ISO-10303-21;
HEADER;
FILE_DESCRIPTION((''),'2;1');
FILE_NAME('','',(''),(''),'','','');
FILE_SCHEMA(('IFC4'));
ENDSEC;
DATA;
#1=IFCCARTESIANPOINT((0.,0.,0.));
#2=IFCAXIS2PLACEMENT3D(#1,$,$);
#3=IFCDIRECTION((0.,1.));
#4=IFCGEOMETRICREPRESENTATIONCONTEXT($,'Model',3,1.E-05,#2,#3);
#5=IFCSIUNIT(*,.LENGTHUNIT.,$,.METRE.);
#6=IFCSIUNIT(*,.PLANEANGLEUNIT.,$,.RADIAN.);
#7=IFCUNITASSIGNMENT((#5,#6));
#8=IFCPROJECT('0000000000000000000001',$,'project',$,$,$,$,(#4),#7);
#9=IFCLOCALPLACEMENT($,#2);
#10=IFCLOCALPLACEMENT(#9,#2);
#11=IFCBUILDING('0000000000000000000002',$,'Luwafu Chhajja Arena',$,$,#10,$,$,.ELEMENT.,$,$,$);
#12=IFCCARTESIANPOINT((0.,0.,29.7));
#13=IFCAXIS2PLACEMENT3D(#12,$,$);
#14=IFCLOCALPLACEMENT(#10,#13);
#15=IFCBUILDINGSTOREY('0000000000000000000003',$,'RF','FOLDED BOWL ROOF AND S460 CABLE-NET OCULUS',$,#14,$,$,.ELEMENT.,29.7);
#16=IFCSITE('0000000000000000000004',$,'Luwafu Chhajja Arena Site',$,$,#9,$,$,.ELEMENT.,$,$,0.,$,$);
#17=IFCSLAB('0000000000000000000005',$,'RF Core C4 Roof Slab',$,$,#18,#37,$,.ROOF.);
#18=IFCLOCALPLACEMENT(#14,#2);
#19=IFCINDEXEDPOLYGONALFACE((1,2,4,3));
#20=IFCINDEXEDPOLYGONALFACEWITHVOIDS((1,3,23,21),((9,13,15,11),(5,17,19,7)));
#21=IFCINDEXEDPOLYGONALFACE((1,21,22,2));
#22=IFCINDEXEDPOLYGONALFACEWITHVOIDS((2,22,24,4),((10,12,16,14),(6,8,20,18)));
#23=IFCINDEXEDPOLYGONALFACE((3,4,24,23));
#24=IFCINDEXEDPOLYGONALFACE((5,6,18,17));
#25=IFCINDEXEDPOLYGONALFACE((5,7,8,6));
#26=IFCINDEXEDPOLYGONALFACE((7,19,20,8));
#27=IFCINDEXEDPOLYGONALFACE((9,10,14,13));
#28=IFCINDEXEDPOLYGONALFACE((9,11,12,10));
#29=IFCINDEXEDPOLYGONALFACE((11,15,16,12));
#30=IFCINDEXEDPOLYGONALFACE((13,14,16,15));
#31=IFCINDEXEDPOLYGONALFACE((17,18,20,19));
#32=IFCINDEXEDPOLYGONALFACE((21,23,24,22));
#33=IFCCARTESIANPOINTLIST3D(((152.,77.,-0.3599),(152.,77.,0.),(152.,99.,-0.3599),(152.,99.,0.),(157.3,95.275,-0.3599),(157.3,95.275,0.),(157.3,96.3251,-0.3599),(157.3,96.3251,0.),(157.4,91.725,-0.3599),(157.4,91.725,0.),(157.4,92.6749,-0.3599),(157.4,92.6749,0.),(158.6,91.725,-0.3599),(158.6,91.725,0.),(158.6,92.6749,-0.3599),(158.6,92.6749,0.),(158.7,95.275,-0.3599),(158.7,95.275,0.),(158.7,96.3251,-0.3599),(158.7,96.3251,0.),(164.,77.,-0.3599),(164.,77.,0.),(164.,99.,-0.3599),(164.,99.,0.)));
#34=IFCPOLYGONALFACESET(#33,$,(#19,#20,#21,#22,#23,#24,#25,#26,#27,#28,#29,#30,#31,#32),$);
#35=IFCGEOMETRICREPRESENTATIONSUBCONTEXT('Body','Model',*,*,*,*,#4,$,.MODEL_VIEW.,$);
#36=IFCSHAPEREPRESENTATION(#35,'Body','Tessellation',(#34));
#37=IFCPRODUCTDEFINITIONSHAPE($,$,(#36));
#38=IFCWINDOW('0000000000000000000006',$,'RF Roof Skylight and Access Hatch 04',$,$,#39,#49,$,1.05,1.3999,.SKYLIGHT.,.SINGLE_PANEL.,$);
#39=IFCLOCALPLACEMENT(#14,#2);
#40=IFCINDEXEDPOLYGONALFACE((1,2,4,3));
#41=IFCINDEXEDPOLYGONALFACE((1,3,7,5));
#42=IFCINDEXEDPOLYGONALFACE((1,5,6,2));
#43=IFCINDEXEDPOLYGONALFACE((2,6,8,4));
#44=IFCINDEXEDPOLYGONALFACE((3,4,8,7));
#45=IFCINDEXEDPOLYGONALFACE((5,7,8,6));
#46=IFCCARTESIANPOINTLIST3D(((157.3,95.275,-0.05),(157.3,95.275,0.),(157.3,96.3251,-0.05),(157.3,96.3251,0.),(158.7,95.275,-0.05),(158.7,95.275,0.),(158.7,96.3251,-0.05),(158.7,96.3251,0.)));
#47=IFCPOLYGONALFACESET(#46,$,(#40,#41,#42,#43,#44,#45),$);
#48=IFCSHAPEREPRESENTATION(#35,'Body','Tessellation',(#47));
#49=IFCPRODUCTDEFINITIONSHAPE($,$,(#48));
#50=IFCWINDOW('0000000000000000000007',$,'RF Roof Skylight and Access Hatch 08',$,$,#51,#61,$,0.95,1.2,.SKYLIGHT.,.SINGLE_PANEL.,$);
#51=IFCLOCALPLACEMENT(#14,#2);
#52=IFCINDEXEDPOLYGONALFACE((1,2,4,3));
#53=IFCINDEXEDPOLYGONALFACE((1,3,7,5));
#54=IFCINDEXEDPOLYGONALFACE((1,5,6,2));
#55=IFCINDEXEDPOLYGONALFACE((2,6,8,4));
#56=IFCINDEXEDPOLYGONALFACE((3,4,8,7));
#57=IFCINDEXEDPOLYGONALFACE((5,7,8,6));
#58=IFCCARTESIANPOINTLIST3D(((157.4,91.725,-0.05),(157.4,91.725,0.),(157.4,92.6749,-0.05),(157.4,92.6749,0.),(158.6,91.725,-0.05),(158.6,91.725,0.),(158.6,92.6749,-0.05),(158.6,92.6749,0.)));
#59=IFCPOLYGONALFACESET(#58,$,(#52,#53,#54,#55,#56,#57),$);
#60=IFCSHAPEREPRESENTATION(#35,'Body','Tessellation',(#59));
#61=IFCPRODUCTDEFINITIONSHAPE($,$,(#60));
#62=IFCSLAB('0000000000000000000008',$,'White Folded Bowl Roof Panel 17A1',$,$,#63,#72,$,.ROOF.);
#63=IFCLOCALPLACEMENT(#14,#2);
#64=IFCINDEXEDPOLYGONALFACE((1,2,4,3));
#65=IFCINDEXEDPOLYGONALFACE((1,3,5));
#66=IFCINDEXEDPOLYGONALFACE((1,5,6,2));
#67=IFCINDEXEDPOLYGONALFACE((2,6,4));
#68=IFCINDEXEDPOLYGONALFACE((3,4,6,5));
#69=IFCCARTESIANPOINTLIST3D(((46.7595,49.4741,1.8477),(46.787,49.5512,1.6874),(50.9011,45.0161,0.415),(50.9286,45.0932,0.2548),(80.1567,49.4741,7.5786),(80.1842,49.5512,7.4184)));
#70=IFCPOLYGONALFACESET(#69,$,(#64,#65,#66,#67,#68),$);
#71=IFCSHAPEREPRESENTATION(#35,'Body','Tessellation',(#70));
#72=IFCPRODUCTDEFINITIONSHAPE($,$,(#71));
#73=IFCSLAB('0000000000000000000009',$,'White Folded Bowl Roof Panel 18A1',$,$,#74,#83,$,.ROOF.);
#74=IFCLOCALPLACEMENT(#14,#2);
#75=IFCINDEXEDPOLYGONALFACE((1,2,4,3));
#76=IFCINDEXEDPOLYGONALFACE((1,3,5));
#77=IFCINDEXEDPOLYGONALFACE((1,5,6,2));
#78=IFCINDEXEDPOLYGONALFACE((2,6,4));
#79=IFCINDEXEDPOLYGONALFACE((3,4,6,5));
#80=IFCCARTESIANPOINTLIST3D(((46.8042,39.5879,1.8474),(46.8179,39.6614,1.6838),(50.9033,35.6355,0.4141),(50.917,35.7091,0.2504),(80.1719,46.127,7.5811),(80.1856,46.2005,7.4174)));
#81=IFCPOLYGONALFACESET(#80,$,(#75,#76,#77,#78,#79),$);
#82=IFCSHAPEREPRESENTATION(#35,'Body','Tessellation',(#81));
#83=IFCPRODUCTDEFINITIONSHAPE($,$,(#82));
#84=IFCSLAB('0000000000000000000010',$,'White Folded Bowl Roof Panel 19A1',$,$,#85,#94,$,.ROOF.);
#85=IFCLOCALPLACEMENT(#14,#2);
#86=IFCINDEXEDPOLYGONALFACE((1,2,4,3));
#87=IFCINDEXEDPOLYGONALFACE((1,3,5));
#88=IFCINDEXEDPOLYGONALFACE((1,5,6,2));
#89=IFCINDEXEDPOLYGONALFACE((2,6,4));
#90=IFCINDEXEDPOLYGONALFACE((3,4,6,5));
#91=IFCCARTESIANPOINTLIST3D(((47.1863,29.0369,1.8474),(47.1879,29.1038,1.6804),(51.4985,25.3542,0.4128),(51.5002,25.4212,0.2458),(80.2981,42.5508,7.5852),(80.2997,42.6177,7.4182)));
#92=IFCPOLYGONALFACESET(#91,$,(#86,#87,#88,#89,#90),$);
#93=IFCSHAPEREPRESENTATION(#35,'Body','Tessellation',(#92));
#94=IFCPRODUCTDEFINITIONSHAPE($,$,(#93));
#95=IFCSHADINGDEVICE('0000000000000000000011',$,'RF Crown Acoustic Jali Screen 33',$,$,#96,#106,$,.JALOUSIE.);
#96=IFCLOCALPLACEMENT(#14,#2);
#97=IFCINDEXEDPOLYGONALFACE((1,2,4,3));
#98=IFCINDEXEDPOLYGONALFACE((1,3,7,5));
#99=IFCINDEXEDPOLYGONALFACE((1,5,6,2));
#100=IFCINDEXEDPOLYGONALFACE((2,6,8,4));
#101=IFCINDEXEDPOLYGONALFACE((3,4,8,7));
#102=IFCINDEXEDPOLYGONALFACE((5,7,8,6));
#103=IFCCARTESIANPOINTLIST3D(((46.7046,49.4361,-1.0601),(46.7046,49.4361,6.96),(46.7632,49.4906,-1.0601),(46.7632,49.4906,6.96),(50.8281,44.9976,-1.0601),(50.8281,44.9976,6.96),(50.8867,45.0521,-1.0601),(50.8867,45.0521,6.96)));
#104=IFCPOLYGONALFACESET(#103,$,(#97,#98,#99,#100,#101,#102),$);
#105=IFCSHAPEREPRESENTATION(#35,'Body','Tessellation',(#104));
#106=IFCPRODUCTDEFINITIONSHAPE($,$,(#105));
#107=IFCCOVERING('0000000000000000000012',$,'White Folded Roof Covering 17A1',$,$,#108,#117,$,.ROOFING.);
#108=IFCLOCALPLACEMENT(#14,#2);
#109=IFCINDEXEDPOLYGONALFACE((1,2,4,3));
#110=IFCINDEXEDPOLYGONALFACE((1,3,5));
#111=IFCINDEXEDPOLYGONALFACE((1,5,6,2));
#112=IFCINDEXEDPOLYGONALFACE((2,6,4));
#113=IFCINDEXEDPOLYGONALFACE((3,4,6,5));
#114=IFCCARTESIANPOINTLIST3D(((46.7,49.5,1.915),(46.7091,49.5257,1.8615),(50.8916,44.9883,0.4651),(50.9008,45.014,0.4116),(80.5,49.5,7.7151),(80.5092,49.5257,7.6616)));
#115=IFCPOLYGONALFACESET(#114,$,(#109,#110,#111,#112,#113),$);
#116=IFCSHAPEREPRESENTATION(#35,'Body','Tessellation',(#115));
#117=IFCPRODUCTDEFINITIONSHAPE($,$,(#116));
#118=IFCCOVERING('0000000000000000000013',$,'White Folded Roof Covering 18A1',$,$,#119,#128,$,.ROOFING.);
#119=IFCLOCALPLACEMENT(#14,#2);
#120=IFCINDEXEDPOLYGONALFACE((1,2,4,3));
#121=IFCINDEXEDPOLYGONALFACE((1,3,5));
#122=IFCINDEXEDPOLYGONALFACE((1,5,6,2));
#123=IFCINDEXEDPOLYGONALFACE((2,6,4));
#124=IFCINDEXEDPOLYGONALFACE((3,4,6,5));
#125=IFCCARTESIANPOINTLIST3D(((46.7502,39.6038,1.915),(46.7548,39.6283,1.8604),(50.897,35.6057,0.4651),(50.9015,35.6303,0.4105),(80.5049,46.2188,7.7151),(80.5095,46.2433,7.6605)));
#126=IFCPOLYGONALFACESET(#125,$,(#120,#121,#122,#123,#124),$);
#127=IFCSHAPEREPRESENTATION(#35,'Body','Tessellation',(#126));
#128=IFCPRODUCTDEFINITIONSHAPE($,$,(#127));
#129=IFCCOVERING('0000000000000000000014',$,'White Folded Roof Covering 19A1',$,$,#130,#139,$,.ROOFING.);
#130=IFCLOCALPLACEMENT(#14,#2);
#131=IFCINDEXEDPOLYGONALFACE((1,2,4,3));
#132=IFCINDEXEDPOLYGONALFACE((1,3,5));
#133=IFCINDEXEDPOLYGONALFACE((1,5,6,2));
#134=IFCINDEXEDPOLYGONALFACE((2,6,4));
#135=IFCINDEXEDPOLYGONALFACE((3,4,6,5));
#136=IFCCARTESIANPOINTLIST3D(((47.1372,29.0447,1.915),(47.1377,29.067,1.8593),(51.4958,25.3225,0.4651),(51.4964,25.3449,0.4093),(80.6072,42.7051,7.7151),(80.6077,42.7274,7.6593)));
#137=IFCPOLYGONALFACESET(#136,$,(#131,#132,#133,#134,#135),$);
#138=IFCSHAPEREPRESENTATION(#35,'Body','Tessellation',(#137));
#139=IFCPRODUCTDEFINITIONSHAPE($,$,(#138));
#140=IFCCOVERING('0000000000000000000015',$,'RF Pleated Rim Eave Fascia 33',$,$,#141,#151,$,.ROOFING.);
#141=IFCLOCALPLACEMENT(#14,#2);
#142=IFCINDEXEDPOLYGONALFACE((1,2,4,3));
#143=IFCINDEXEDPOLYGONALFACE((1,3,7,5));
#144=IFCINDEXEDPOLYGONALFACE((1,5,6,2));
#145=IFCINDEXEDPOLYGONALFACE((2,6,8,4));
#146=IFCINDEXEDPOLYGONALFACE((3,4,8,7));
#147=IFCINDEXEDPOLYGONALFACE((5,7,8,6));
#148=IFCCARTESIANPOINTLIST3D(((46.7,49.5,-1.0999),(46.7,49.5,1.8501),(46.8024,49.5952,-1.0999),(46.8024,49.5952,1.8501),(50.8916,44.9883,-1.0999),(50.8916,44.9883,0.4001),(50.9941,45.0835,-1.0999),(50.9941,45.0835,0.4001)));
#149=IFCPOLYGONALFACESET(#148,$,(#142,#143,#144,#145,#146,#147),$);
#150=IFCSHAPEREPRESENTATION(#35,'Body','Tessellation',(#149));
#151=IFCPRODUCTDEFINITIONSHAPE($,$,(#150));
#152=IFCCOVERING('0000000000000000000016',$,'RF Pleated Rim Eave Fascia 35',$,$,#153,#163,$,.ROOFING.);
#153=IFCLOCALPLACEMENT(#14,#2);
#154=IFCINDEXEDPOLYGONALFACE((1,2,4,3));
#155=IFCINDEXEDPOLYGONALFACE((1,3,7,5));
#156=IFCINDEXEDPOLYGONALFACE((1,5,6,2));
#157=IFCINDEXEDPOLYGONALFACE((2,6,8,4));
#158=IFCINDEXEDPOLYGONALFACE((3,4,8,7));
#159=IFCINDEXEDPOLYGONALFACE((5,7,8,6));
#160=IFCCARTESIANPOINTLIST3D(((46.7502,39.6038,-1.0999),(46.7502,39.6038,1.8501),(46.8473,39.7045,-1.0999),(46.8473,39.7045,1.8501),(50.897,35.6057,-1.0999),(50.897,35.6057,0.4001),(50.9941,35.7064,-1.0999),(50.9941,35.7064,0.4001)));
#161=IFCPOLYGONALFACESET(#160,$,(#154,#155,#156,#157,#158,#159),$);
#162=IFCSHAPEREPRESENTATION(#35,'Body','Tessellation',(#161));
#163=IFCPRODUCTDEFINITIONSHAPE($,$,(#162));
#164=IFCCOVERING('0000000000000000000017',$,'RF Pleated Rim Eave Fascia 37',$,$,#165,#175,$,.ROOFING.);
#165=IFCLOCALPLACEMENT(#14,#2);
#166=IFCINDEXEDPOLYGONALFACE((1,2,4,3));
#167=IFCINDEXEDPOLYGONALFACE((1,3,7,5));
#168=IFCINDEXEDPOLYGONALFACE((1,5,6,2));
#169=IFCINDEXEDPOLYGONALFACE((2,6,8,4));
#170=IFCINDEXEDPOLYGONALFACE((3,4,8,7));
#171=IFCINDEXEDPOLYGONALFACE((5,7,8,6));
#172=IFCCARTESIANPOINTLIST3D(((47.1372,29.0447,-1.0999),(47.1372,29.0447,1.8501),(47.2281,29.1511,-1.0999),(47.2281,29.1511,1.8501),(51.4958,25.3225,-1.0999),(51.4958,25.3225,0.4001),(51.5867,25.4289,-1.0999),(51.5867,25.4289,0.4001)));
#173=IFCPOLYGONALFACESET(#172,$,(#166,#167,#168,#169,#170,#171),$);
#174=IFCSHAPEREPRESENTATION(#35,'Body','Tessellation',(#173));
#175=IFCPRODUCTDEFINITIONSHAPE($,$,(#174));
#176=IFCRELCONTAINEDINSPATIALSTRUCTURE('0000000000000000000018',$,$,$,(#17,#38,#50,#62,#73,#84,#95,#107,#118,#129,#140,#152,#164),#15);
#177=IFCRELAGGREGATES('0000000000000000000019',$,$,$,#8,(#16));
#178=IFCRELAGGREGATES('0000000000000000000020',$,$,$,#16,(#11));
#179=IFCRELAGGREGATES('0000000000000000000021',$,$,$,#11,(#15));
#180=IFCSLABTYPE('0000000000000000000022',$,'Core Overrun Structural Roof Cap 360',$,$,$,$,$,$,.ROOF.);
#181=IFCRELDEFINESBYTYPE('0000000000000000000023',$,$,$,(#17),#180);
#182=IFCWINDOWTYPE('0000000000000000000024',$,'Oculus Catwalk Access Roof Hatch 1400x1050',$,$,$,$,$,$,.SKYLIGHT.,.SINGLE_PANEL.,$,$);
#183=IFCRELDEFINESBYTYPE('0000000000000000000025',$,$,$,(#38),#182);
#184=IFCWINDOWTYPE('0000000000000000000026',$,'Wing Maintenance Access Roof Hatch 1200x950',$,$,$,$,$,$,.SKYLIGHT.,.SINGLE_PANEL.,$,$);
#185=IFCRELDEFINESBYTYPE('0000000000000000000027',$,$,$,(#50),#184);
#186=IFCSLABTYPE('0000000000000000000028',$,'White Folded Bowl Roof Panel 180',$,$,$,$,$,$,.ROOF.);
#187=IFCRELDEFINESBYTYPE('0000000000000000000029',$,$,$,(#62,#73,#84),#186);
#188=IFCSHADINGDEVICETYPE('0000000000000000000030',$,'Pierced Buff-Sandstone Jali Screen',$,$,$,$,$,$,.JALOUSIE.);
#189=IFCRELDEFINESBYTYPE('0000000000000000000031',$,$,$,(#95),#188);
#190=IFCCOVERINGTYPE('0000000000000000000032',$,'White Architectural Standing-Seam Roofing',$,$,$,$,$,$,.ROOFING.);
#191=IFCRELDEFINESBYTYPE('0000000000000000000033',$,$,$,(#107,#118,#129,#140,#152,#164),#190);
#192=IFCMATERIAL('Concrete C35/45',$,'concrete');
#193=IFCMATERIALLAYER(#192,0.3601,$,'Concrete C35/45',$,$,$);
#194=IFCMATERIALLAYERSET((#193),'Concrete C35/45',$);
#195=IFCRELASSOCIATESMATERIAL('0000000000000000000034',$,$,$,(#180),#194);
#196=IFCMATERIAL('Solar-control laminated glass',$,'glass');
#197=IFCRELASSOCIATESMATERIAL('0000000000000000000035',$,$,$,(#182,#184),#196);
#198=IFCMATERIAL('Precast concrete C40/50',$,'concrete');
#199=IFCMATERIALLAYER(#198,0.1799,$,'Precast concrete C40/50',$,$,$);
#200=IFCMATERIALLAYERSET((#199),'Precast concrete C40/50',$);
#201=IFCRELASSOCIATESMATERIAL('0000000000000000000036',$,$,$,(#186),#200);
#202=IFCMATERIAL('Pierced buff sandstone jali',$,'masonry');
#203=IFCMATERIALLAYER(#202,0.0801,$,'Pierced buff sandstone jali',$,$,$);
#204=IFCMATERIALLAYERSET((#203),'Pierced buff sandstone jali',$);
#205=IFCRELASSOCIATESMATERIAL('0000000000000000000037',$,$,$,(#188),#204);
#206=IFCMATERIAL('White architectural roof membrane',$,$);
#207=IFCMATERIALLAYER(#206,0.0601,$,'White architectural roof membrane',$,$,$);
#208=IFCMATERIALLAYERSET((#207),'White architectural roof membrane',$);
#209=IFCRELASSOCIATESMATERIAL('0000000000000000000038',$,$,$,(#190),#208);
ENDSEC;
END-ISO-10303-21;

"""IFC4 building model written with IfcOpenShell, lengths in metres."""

from ifc_helpers import new_model, si_unit, direction, frame, origin, origin_2d, place, context, subcontext, project, spatial, polyline, rectangle, outline, extrude, material, layer, layer_set, type_object, element, fill, save


model = new_model("IFC4")

# Units and contexts
model_context = context("Model", 3, precision=1e-05, world=origin(), true_north=direction((0.0, 1.0)))
body_context = subcontext(model_context, "Body", "Model", "MODEL_VIEW")
ifc_project = project(units=[si_unit("LENGTHUNIT", "METRE"), si_unit("PLANEANGLEUNIT", "RADIAN")], contexts=[model_context])

# Site, building, storey
site_placement = place(None, origin())
site = spatial("IfcSite", under=ifc_project, at=site_placement, Name="Luwafu Chhajja Arena Site", CompositionType="ELEMENT", RefElevation=0.0)
building_placement = place(site_placement, origin())
building = spatial("IfcBuilding", under=site, at=building_placement, Name="Luwafu Chhajja Arena", CompositionType="ELEMENT")
storey_placement = place(building_placement, frame((0.0, 0.0, 29.7)))
storey = spatial("IfcBuildingStorey", under=building, at=storey_placement, Name="RF", Description="FOLDED BOWL ROOF AND S460 CABLE-NET OCULUS", CompositionType="ELEMENT", Elevation=29.7)

# Shared definitions
ifc_material_1 = material(Name="Concrete C35/45", Category="concrete")
ifc_layer_1 = layer(ifc_material_1, 0.3601, Name="Concrete C35/45")
ifc_layer_set_1 = layer_set([ifc_layer_1], Name="Concrete C35/45")
slab_type_1 = type_object("IfcSlabType", Name="Core Overrun Structural Roof Cap 360", PredefinedType="ROOF", material=ifc_layer_set_1)
ifc_material_2 = material(Name="Solar-control laminated glass", Category="glass")

# Slab, openings, windows
window_type_1 = type_object("IfcWindowType", Name="Oculus Catwalk Access Roof Hatch 1400x1050", PartitioningType="SINGLE_PANEL", PredefinedType="SKYLIGHT", material=ifc_material_2)
slab_1_placement = place(storey_placement, frame((0.0, 0.0, -0.3599)))
slab_1 = element("IfcSlab", 1, at=slab_1_placement, inside=storey, type_object=slab_type_1, Name="RF Core C4 Roof Slab", PredefinedType="ROOF", context=body_context, shape_type="SweptSolid", body=[
    extrude(outline(polyline([(152.0, 77.0), (164.0, 77.0), (164.0, 99.0), (152.0, 99.0), (152.0, 77.0)])), origin(), (0.0, 0.0, 1.0), 0.3599),
])
opening_1_placement = place(slab_1_placement, frame((158.0, 95.8, -0.01)))
opening_1 = element("IfcOpeningElement", 2, at=opening_1_placement, cuts=slab_1, PredefinedType="OPENING", context=body_context, shape_type="SweptSolid", body=[
    extrude(rectangle(XDim=1.3999, YDim=1.05, at=origin_2d()), origin(), (0.0, 0.0, 1.0), 0.3799),
])
opening_2_placement = place(slab_1_placement, frame((158.0, 92.2, -0.01)))
opening_2 = element("IfcOpeningElement", 3, at=opening_2_placement, cuts=slab_1, PredefinedType="OPENING", context=body_context, shape_type="SweptSolid", body=[
    extrude(rectangle(XDim=1.2, YDim=0.95, at=origin_2d()), origin(), (0.0, 0.0, 1.0), 0.3799),
])
window_1_placement = place(opening_1_placement, frame((0.0, 0.0, 0.3198)))
window_1 = element("IfcWindow", 4, at=window_1_placement, inside=storey, type_object=window_type_1, Name="RF Roof Skylight and Access Hatch 04", OverallHeight=1.05, OverallWidth=1.3999, PartitioningType="SINGLE_PANEL", PredefinedType="SKYLIGHT", context=body_context, shape_type="SweptSolid", body=[
    extrude(rectangle(XDim=1.3999, YDim=1.05, at=origin_2d()), origin(), (0.0, 0.0, 1.0), 0.05),
])
fill(opening_1, window_1)
window_type_2 = type_object("IfcWindowType", Name="Wing Maintenance Access Roof Hatch 1200x950", PartitioningType="SINGLE_PANEL", PredefinedType="SKYLIGHT", material=ifc_material_2)
window_2_placement = place(opening_2_placement, frame((0.0, 0.0, 0.3198)))
window_2 = element("IfcWindow", 5, at=window_2_placement, inside=storey, type_object=window_type_2, Name="RF Roof Skylight and Access Hatch 08", OverallHeight=0.95, OverallWidth=1.2, PartitioningType="SINGLE_PANEL", PredefinedType="SKYLIGHT", context=body_context, shape_type="SweptSolid", body=[
    extrude(rectangle(XDim=1.2, YDim=0.95, at=origin_2d()), origin(), (0.0, 0.0, 1.0), 0.05),
])
fill(opening_2, window_2)

# Slabs
ifc_material_3 = material(Name="Precast concrete C40/50", Category="concrete")
ifc_layer_2 = layer(ifc_material_3, 0.1799, Name="Precast concrete C40/50")
ifc_layer_set_2 = layer_set([ifc_layer_2], Name="Precast concrete C40/50")
slab_type_2 = type_object("IfcSlabType", Name="White Folded Bowl Roof Panel 180", PredefinedType="ROOF", material=ifc_layer_set_2)
slab_2_placement = place(storey_placement, frame((46.7595, 49.4741, 1.8477), z_axis=(-0.152837, -0.428211, 0.890661), x_axis=(0.985594, 0.0, 0.169128)))
element("IfcSlab", 6, at=slab_2_placement, inside=storey, type_object=slab_type_2, Name="White Folded Bowl Roof Panel 17A1", PredefinedType="ROOF", context=body_context, shape_type="SweptSolid", body=[
    extrude(outline(polyline([(0.0, 0.0), (33.8854, 0.0), (3.8396, -4.9332), (0.0, 0.0)])), origin(), (0.0, 0.0, -1.0), 0.1799),
])
slab_3_placement = place(storey_placement, frame((46.8042, 39.5879, 1.8474), z_axis=(-0.076159, -0.408799, 0.909441), x_axis=(0.967673, 0.189635, 0.166277)))
element("IfcSlab", 7, at=slab_3_placement, inside=storey, type_object=slab_type_2, Name="White Folded Bowl Roof Panel 18A1", PredefinedType="ROOF", context=body_context, shape_type="SweptSolid", body=[
    extrude(outline(polyline([(0.0, 0.0), (34.4824, 0.0), (2.9788, -5.0602), (0.0, 0.0)])), origin(), (0.0, 0.0, -1.0), 0.1799),
])
slab_4_placement = place(storey_placement, frame((47.1863, 29.0369, 1.8474), z_axis=(-0.008979, -0.37208, 0.928157), x_axis=(0.914168, 0.373099, 0.158412)))
element("IfcSlab", 8, at=slab_4_placement, inside=storey, type_object=slab_type_2, Name="White Folded Bowl Roof Panel 19A1", PredefinedType="ROOF", context=body_context, shape_type="SweptSolid", body=[
    extrude(outline(polyline([(0.0, 0.0), (36.2207, 0.0), (2.3409, -5.3605), (0.0, 0.0)])), origin(), (0.0, 0.0, -1.0), 0.1799),
])

# Shading device
ifc_material_4 = material(Name="Pierced buff sandstone jali", Category="masonry")
ifc_layer_3 = layer(ifc_material_4, 0.0801, Name="Pierced buff sandstone jali")
ifc_layer_set_3 = layer_set([ifc_layer_3], Name="Pierced buff sandstone jali")
shading_device_type = type_object("IfcShadingDeviceType", Name="Pierced Buff-Sandstone Jali Screen", PredefinedType="JALOUSIE", material=ifc_layer_set_3)
shading_device_placement = place(storey_placement, frame((48.7957, 47.2441, -1.0601), z_axis=(0.0, 0.0, 1.0), x_axis=(0.680631, -0.732626, 0.0)))
element("IfcShadingDevice", 9, at=shading_device_placement, inside=storey, type_object=shading_device_type, Name="RF Crown Acoustic Jali Screen 33", PredefinedType="JALOUSIE", context=body_context, shape_type="SweptSolid", body=[
    extrude(rectangle(XDim=6.0583, YDim=0.0801, at=origin_2d()), origin(), (0.0, 0.0, 1.0), 8.02),
])

# Coverings
ifc_material_5 = material(Name="White architectural roof membrane")
ifc_layer_4 = layer(ifc_material_5, 0.0601, Name="White architectural roof membrane")
ifc_layer_set_4 = layer_set([ifc_layer_4], Name="White architectural roof membrane")
covering_type = type_object("IfcCoveringType", Name="White Architectural Standing-Seam Roofing", PredefinedType="ROOFING", material=ifc_layer_set_4)
covering_1_placement = place(storey_placement, frame((46.7, 49.5, 1.915), z_axis=(-0.152835, -0.428226, 0.890654), x_axis=(0.662527, -0.713117, -0.229178)))
element("IfcCovering", 10, at=covering_1_placement, inside=storey, type_object=covering_type, Name="White Folded Roof Covering 17A1", PredefinedType="ROOFING", context=body_context, shape_type="SweptSolid", body=[
    extrude(outline(polyline([(0.0, 0.0), (6.3268, 0.0), (21.0642, 27.0626), (0.0, 0.0)])), origin(), (0.0, 0.0, -1.0), 0.0601),
])
covering_2_placement = place(storey_placement, frame((46.7502, 39.6038, 1.915), z_axis=(-0.076153, -0.408807, 0.909438), x_axis=(0.698117, -0.673086, -0.244105)))
element("IfcCovering", 11, at=covering_2_placement, inside=storey, type_object=covering_type, Name="White Folded Roof Covering 18A1", PredefinedType="ROOFING", context=body_context, shape_type="SweptSolid", body=[
    extrude(outline(polyline([(0.0, 0.0), (5.9399, 0.0), (17.6964, 30.0601), (0.0, 0.0)])), origin(), (0.0, 0.0, -1.0), 0.0601),
])
covering_3_placement = place(storey_placement, frame((47.1372, 29.0447, 1.915), z_axis=(-0.008982, -0.372077, 0.928158), x_axis=(0.737223, -0.629569, -0.245245)))
element("IfcCovering", 12, at=covering_3_placement, inside=storey, type_object=covering_type, Name="White Folded Roof Covering 19A1", PredefinedType="ROOFING", context=body_context, shape_type="SweptSolid", body=[
    extrude(outline(polyline([(0.0, 0.0), (5.9122, 0.0), (14.6522, 33.5529), (0.0, 0.0)])), origin(), (0.0, 0.0, -1.0), 0.0601),
])
covering_4_placement = place(storey_placement, frame((46.7, 49.5, -1.0999), z_axis=(-0.732616, -0.680643, 0.0), x_axis=(0.680643, -0.732616, 0.0)))
element("IfcCovering", 13, at=covering_4_placement, inside=storey, type_object=covering_type, Name="RF Pleated Rim Eave Fascia 33", PredefinedType="ROOFING", context=body_context, shape_type="SweptSolid", body=[
    extrude(outline(polyline([(0.0, 0.0), (6.1584, 0.0), (6.1584, 1.5), (0.0, 2.95), (0.0, 0.0)])), origin(), (0.0, 0.0, -1.0), 0.1399),
])
covering_5_placement = place(storey_placement, frame((46.7502, 39.6038, -1.0999), z_axis=(-0.694083, -0.719895, 0.0), x_axis=(0.719895, -0.694083, 0.0)))
element("IfcCovering", 14, at=covering_5_placement, inside=storey, type_object=covering_type, Name="RF Pleated Rim Eave Fascia 35", PredefinedType="ROOFING", context=body_context, shape_type="SweptSolid", body=[
    extrude(outline(polyline([(0.0, 0.0), (5.7602, 0.0), (5.7602, 1.5), (0.0, 2.95), (0.0, 0.0)])), origin(), (0.0, 0.0, -1.0), 0.1399),
])
covering_6_placement = place(storey_placement, frame((47.1372, 29.0447, -1.0999), z_axis=(-0.649401, -0.760446, 0.0), x_axis=(0.760446, -0.649401, 0.0)))
element("IfcCovering", 15, at=covering_6_placement, inside=storey, type_object=covering_type, Name="RF Pleated Rim Eave Fascia 37", PredefinedType="ROOFING", context=body_context, shape_type="SweptSolid", body=[
    extrude(outline(polyline([(0.0, 0.0), (5.7317, 0.0), (5.7317, 1.5), (0.0, 2.95), (0.0, 0.0)])), origin(), (0.0, 0.0, -1.0), 0.1399),
])

save(model, "model.ifc")
